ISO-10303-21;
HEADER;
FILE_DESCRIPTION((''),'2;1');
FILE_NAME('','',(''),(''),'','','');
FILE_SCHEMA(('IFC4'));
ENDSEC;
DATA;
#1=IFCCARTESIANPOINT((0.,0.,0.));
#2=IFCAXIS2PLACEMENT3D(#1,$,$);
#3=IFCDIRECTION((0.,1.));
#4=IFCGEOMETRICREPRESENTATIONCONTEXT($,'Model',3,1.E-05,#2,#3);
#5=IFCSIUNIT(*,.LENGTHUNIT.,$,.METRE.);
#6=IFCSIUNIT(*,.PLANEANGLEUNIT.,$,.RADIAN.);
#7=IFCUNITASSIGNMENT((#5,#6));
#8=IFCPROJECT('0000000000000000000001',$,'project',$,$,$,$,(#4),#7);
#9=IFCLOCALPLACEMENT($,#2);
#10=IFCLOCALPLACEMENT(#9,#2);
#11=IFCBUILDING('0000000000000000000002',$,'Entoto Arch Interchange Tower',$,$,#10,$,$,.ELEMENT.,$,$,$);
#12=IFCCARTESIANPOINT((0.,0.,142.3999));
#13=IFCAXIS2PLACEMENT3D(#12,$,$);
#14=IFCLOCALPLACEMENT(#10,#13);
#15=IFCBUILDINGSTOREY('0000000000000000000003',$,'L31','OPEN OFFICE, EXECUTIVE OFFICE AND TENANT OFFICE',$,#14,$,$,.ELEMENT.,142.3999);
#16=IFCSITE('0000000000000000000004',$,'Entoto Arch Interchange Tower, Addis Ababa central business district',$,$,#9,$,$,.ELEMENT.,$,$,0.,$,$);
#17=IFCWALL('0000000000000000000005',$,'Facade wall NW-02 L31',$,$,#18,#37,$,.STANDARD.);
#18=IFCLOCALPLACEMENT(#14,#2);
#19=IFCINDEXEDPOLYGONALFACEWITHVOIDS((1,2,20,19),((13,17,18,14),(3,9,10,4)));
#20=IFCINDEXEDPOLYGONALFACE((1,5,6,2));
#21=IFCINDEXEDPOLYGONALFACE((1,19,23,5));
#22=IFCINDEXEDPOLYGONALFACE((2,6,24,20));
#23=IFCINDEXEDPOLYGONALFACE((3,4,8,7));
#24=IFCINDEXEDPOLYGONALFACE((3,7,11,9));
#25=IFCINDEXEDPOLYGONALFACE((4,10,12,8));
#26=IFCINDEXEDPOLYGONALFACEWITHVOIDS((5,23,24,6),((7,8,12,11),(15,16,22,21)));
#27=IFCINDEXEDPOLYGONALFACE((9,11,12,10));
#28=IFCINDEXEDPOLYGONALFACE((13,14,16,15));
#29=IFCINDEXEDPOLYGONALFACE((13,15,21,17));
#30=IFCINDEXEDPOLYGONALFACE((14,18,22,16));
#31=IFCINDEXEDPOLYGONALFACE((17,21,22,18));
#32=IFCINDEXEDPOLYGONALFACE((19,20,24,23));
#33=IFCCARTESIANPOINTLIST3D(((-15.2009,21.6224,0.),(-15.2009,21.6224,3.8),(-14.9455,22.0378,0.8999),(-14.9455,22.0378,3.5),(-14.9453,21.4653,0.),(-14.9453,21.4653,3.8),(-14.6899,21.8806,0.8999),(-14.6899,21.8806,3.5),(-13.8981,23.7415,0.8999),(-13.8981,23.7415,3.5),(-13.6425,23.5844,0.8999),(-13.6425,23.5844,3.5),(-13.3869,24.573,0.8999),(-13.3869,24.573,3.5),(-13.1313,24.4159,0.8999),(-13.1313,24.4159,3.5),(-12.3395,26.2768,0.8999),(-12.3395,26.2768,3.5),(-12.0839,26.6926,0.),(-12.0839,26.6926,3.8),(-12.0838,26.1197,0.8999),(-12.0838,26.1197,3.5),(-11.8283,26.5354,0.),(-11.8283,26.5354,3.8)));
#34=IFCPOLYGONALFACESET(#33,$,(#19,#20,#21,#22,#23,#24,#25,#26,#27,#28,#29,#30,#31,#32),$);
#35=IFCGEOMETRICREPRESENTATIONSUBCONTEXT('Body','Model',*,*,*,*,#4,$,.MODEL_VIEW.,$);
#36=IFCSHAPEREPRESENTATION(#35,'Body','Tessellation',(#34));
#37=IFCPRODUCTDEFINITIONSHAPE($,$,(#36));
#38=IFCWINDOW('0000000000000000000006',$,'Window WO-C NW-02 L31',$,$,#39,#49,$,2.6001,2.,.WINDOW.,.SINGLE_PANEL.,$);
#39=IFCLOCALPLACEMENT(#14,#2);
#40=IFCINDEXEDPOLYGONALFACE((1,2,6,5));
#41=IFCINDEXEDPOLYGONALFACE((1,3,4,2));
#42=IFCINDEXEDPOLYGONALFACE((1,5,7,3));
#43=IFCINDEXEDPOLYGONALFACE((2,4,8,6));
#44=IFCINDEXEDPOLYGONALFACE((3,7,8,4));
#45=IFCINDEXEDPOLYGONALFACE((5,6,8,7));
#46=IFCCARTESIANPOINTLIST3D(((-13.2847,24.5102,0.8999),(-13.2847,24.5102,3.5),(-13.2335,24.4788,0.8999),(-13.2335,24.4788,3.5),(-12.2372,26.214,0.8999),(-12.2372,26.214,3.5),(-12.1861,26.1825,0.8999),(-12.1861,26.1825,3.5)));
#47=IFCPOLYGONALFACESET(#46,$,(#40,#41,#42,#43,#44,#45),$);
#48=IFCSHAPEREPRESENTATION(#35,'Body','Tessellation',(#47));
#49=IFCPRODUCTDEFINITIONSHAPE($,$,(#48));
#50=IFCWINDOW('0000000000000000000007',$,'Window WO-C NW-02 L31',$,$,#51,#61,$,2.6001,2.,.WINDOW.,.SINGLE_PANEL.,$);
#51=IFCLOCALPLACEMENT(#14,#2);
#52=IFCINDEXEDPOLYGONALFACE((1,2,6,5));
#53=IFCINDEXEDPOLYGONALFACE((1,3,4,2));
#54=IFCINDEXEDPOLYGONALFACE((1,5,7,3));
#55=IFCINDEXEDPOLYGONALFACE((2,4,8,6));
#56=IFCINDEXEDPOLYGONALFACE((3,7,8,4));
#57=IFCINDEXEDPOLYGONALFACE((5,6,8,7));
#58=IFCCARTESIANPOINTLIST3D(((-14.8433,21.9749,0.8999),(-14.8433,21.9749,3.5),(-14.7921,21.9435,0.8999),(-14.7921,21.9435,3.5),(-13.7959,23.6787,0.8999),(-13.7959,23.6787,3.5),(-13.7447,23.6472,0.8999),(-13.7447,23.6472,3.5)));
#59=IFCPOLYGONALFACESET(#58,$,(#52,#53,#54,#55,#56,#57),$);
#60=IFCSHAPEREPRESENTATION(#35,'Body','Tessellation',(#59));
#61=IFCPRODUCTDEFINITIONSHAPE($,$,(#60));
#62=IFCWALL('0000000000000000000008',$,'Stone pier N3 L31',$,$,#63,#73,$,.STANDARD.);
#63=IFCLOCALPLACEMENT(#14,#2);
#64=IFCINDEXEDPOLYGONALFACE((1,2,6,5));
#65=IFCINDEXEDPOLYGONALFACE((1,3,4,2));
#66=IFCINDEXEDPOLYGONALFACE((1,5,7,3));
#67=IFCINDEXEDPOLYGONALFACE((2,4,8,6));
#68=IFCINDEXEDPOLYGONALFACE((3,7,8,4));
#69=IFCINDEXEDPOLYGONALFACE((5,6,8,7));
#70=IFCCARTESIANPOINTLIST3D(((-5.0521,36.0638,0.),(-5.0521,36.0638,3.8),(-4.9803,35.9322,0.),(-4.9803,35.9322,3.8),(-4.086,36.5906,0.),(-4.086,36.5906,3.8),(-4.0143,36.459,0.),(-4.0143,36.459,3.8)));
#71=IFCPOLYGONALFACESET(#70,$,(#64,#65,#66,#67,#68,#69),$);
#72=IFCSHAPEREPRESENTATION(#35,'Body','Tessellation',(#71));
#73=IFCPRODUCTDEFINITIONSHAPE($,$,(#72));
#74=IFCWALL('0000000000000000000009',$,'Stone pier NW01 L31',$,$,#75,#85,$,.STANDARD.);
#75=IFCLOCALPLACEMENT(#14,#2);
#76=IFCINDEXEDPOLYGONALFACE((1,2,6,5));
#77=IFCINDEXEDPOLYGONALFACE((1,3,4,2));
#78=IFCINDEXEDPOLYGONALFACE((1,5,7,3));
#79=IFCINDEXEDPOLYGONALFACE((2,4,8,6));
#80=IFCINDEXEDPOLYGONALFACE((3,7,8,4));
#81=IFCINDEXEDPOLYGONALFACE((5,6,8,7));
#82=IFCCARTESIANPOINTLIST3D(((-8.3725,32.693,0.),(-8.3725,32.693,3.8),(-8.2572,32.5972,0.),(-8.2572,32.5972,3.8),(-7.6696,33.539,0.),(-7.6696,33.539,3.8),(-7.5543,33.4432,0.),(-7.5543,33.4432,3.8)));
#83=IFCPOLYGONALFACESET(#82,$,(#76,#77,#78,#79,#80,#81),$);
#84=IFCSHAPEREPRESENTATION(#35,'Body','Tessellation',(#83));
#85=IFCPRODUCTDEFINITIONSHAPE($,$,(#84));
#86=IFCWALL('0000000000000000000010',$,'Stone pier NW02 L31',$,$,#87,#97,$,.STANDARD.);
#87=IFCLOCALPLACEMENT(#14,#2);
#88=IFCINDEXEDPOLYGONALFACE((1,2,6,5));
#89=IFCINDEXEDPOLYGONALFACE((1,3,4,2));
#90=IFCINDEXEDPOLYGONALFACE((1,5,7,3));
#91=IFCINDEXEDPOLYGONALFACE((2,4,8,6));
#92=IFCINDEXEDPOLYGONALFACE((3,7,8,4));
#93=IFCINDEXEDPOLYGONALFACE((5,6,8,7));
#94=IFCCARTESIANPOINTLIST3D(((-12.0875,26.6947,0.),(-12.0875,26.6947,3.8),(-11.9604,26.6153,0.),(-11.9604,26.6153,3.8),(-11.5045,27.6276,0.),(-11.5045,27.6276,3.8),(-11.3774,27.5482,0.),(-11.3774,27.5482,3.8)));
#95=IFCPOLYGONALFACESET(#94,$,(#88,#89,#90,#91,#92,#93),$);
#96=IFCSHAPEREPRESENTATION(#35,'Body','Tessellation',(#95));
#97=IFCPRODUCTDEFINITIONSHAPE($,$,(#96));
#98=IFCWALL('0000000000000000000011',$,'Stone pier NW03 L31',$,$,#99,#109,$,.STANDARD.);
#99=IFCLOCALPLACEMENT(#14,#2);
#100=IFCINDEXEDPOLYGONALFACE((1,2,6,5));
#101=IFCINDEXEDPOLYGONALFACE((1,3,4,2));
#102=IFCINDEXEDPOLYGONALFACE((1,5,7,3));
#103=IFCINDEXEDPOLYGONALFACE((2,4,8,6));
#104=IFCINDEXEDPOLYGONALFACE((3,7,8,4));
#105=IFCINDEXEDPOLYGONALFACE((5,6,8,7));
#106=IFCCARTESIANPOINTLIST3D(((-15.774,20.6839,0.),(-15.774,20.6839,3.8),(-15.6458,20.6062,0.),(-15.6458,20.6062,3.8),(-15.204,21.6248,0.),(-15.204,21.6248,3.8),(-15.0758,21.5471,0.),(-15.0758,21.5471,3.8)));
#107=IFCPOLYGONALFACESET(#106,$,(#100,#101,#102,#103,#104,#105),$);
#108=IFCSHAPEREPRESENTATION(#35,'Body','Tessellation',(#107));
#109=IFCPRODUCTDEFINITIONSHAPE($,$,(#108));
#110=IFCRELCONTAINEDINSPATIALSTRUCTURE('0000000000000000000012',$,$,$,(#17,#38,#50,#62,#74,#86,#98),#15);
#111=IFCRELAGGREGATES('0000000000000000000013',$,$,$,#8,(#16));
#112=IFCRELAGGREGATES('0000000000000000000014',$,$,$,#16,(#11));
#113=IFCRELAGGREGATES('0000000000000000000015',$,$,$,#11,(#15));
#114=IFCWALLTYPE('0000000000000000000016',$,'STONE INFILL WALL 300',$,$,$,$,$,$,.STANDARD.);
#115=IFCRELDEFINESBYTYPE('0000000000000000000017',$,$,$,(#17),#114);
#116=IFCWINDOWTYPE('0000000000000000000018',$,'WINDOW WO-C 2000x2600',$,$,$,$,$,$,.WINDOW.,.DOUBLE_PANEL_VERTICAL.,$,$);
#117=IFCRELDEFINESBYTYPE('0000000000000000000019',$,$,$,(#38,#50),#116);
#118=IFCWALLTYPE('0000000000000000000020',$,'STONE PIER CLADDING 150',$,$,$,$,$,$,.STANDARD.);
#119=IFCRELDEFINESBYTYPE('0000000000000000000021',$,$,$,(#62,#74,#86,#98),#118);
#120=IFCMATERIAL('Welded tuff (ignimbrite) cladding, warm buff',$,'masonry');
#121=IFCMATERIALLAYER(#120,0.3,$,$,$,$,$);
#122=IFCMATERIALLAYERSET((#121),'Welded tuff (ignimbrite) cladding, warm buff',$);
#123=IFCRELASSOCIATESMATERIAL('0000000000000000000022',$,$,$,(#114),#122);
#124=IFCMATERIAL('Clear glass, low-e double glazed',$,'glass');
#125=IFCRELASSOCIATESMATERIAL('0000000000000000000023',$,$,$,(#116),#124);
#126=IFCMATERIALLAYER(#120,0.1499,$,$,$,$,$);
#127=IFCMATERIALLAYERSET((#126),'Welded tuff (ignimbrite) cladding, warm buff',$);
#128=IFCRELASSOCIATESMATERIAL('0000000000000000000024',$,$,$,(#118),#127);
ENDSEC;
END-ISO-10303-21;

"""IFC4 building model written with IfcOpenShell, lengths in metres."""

from ifc_helpers import new_model, si_unit, direction, frame, frame_2d, origin, place, context, subcontext, project, spatial, rectangle, extrude, material, layer, layer_set, type_object, element, fill, save


model = new_model("IFC4")

# Units and contexts
model_context = context("Model", 3, precision=1e-05, world=origin(), true_north=direction((0.0, 1.0)))
body_context = subcontext(model_context, "Body", "Model", "MODEL_VIEW")
ifc_project = project(units=[si_unit("LENGTHUNIT", "METRE"), si_unit("PLANEANGLEUNIT", "RADIAN")], contexts=[model_context])

# Site, building, storey
site_placement = place(None, origin())
site = spatial("IfcSite", under=ifc_project, at=site_placement, Name="Entoto Arch Interchange Tower, Addis Ababa central business district", CompositionType="ELEMENT", RefElevation=0.0)
building_placement = place(site_placement, origin())
building = spatial("IfcBuilding", under=site, at=building_placement, Name="Entoto Arch Interchange Tower", CompositionType="ELEMENT")
storey_placement = place(building_placement, frame((0.0, 0.0, 142.3999)))
storey = spatial("IfcBuildingStorey", under=building, at=storey_placement, Name="L31", Description="OPEN OFFICE, EXECUTIVE OFFICE AND TENANT OFFICE", CompositionType="ELEMENT", Elevation=142.3999)

# Shared definitions
ifc_material_1 = material(Name="Welded tuff (ignimbrite) cladding, warm buff", Category="masonry")
ifc_layer_1 = layer(ifc_material_1, 0.3)
ifc_layer_set_1 = layer_set([ifc_layer_1], Name="Welded tuff (ignimbrite) cladding, warm buff")
wall_type_1 = type_object("IfcWallType", Name="STONE INFILL WALL 300", PredefinedType="STANDARD", material=ifc_layer_set_1)
ifc_material_2 = material(Name="Clear glass, low-e double glazed", Category="glass")

# Wall, openings, windows
window_type_1 = type_object("IfcWindowType", Name="WINDOW WO-C 2000x2600", PartitioningType="DOUBLE_PANEL_VERTICAL", PredefinedType="WINDOW", material=ifc_material_2)
wall_1_placement = place(storey_placement, frame((-11.9561, 26.614, 0.0), z_axis=(0.0, 0.0, 1.0), x_axis=(-0.52372, -0.851891, 0.0)))
wall_1 = element("IfcWall", 1, at=wall_1_placement, inside=storey, type_object=wall_type_1, Name="Facade wall NW-02 L31", PredefinedType="STANDARD", context=body_context, shape_type="SweptSolid", body=[
    extrude(rectangle(XDim=5.9517, YDim=0.3, at=frame_2d((2.9758, 0.0))), origin(), (0.0, 0.0, 1.0), 3.8),
])
opening_1_placement = place(wall_1_placement, frame((0.488, 0.0, 0.8999)))
opening_1 = element("IfcOpeningElement", 2, at=opening_1_placement, cuts=wall_1, PredefinedType="OPENING", context=body_context, shape_type="SweptSolid", body=[
    extrude(rectangle(XDim=2.0, YDim=2.6001, at=frame_2d((1.0, 1.3))), frame((0.0, 0.1602, 0.0), z_axis=(0.0, -1.0, 0.0), x_axis=(1.0, 0.0, 0.0)), (0.0, 0.0, 1.0), 0.3201),
])
opening_2_placement = place(wall_1_placement, frame((3.4641, 0.0, 0.8999)))
opening_2 = element("IfcOpeningElement", 3, at=opening_2_placement, cuts=wall_1, PredefinedType="OPENING", context=body_context, shape_type="SweptSolid", body=[
    extrude(rectangle(XDim=2.0, YDim=2.6001, at=frame_2d((1.0, 1.3))), frame((0.0, 0.1602, 0.0), z_axis=(0.0, -1.0, 0.0), x_axis=(1.0, 0.0, 0.0)), (0.0, 0.0, 1.0), 0.3201),
])
window_1_placement = place(opening_1_placement, origin())
window_1 = element("IfcWindow", 4, at=window_1_placement, inside=storey, type_object=window_type_1, Name="Window WO-C NW-02 L31", OverallHeight=2.6001, OverallWidth=2.0, PartitioningType="SINGLE_PANEL", PredefinedType="WINDOW", context=body_context, shape_type="SweptSolid", body=[
    extrude(rectangle(XDim=2.0, YDim=2.6001, at=frame_2d((1.0, 1.3))), frame((0.0, 0.03, 0.0), z_axis=(0.0, -1.0, 0.0), x_axis=(1.0, 0.0, 0.0)), (0.0, 0.0, 1.0), 0.0601),
])
fill(opening_1, window_1)
window_2_placement = place(opening_2_placement, origin())
window_2 = element("IfcWindow", 5, at=window_2_placement, inside=storey, type_object=window_type_1, Name="Window WO-C NW-02 L31", OverallHeight=2.6001, OverallWidth=2.0, PartitioningType="SINGLE_PANEL", PredefinedType="WINDOW", context=body_context, shape_type="SweptSolid", body=[
    extrude(rectangle(XDim=2.0, YDim=2.6001, at=frame_2d((1.0, 1.3))), frame((0.0, 0.03, 0.0), z_axis=(0.0, -1.0, 0.0), x_axis=(1.0, 0.0, 0.0)), (0.0, 0.0, 1.0), 0.0601),
])
fill(opening_2, window_2)

# Walls
ifc_layer_2 = layer(ifc_material_1, 0.1499)
ifc_layer_set_2 = layer_set([ifc_layer_2], Name="Welded tuff (ignimbrite) cladding, warm buff")
wall_type_2 = type_object("IfcWallType", Name="STONE PIER CLADDING 150", PredefinedType="STANDARD", material=ifc_layer_set_2)
wall_2_placement = place(storey_placement, frame((-4.05, 36.5249, 0.0), z_axis=(0.0, 0.0, 1.0), x_axis=(-0.877929, -0.47879, 0.0)))
element("IfcWall", 6, at=wall_2_placement, inside=storey, type_object=wall_type_2, Name="Stone pier N3 L31", PredefinedType="STANDARD", context=body_context, shape_type="SweptSolid", body=[
    extrude(rectangle(XDim=1.1003, YDim=0.1499, at=frame_2d((0.5503, 0.0))), origin(), (0.0, 0.0, 1.0), 3.8),
])
wall_3_placement = place(storey_placement, frame((-7.6121, 33.491, 0.0), z_axis=(0.0, 0.0, 1.0), x_axis=(-0.63907, -0.769148, 0.0)))
element("IfcWall", 7, at=wall_3_placement, inside=storey, type_object=wall_type_2, Name="Stone pier NW01 L31", PredefinedType="STANDARD", context=body_context, shape_type="SweptSolid", body=[
    extrude(rectangle(XDim=1.0999, YDim=0.1499, at=frame_2d((0.5498, 0.0))), origin(), (0.0, 0.0, 1.0), 3.8),
])
for number, where, z_axis, x_axis, name in (
    (8, (-11.4409, 27.5879, 0.0), (0.0, 0.0, 1.0), (-0.529979, -0.848011, 0.0), "Stone pier NW02 L31"),
    (9, (-15.1399, 21.5859, 0.0), (0.0, 0.0, 1.0), (-0.518179, -0.855272, 0.0), "Stone pier NW03 L31"),
):
    element("IfcWall", number, at=place(storey_placement, frame(where, z_axis=z_axis, x_axis=x_axis)), inside=storey, type_object=wall_type_2, Name=name, PredefinedType="STANDARD", context=body_context, shape_type="SweptSolid", body=[
        extrude(rectangle(XDim=1.1001, YDim=0.1499, at=frame_2d((0.55, 0.0))), origin(), (0.0, 0.0, 1.0), 3.8),
    ])

save(model, "model.ifc")
